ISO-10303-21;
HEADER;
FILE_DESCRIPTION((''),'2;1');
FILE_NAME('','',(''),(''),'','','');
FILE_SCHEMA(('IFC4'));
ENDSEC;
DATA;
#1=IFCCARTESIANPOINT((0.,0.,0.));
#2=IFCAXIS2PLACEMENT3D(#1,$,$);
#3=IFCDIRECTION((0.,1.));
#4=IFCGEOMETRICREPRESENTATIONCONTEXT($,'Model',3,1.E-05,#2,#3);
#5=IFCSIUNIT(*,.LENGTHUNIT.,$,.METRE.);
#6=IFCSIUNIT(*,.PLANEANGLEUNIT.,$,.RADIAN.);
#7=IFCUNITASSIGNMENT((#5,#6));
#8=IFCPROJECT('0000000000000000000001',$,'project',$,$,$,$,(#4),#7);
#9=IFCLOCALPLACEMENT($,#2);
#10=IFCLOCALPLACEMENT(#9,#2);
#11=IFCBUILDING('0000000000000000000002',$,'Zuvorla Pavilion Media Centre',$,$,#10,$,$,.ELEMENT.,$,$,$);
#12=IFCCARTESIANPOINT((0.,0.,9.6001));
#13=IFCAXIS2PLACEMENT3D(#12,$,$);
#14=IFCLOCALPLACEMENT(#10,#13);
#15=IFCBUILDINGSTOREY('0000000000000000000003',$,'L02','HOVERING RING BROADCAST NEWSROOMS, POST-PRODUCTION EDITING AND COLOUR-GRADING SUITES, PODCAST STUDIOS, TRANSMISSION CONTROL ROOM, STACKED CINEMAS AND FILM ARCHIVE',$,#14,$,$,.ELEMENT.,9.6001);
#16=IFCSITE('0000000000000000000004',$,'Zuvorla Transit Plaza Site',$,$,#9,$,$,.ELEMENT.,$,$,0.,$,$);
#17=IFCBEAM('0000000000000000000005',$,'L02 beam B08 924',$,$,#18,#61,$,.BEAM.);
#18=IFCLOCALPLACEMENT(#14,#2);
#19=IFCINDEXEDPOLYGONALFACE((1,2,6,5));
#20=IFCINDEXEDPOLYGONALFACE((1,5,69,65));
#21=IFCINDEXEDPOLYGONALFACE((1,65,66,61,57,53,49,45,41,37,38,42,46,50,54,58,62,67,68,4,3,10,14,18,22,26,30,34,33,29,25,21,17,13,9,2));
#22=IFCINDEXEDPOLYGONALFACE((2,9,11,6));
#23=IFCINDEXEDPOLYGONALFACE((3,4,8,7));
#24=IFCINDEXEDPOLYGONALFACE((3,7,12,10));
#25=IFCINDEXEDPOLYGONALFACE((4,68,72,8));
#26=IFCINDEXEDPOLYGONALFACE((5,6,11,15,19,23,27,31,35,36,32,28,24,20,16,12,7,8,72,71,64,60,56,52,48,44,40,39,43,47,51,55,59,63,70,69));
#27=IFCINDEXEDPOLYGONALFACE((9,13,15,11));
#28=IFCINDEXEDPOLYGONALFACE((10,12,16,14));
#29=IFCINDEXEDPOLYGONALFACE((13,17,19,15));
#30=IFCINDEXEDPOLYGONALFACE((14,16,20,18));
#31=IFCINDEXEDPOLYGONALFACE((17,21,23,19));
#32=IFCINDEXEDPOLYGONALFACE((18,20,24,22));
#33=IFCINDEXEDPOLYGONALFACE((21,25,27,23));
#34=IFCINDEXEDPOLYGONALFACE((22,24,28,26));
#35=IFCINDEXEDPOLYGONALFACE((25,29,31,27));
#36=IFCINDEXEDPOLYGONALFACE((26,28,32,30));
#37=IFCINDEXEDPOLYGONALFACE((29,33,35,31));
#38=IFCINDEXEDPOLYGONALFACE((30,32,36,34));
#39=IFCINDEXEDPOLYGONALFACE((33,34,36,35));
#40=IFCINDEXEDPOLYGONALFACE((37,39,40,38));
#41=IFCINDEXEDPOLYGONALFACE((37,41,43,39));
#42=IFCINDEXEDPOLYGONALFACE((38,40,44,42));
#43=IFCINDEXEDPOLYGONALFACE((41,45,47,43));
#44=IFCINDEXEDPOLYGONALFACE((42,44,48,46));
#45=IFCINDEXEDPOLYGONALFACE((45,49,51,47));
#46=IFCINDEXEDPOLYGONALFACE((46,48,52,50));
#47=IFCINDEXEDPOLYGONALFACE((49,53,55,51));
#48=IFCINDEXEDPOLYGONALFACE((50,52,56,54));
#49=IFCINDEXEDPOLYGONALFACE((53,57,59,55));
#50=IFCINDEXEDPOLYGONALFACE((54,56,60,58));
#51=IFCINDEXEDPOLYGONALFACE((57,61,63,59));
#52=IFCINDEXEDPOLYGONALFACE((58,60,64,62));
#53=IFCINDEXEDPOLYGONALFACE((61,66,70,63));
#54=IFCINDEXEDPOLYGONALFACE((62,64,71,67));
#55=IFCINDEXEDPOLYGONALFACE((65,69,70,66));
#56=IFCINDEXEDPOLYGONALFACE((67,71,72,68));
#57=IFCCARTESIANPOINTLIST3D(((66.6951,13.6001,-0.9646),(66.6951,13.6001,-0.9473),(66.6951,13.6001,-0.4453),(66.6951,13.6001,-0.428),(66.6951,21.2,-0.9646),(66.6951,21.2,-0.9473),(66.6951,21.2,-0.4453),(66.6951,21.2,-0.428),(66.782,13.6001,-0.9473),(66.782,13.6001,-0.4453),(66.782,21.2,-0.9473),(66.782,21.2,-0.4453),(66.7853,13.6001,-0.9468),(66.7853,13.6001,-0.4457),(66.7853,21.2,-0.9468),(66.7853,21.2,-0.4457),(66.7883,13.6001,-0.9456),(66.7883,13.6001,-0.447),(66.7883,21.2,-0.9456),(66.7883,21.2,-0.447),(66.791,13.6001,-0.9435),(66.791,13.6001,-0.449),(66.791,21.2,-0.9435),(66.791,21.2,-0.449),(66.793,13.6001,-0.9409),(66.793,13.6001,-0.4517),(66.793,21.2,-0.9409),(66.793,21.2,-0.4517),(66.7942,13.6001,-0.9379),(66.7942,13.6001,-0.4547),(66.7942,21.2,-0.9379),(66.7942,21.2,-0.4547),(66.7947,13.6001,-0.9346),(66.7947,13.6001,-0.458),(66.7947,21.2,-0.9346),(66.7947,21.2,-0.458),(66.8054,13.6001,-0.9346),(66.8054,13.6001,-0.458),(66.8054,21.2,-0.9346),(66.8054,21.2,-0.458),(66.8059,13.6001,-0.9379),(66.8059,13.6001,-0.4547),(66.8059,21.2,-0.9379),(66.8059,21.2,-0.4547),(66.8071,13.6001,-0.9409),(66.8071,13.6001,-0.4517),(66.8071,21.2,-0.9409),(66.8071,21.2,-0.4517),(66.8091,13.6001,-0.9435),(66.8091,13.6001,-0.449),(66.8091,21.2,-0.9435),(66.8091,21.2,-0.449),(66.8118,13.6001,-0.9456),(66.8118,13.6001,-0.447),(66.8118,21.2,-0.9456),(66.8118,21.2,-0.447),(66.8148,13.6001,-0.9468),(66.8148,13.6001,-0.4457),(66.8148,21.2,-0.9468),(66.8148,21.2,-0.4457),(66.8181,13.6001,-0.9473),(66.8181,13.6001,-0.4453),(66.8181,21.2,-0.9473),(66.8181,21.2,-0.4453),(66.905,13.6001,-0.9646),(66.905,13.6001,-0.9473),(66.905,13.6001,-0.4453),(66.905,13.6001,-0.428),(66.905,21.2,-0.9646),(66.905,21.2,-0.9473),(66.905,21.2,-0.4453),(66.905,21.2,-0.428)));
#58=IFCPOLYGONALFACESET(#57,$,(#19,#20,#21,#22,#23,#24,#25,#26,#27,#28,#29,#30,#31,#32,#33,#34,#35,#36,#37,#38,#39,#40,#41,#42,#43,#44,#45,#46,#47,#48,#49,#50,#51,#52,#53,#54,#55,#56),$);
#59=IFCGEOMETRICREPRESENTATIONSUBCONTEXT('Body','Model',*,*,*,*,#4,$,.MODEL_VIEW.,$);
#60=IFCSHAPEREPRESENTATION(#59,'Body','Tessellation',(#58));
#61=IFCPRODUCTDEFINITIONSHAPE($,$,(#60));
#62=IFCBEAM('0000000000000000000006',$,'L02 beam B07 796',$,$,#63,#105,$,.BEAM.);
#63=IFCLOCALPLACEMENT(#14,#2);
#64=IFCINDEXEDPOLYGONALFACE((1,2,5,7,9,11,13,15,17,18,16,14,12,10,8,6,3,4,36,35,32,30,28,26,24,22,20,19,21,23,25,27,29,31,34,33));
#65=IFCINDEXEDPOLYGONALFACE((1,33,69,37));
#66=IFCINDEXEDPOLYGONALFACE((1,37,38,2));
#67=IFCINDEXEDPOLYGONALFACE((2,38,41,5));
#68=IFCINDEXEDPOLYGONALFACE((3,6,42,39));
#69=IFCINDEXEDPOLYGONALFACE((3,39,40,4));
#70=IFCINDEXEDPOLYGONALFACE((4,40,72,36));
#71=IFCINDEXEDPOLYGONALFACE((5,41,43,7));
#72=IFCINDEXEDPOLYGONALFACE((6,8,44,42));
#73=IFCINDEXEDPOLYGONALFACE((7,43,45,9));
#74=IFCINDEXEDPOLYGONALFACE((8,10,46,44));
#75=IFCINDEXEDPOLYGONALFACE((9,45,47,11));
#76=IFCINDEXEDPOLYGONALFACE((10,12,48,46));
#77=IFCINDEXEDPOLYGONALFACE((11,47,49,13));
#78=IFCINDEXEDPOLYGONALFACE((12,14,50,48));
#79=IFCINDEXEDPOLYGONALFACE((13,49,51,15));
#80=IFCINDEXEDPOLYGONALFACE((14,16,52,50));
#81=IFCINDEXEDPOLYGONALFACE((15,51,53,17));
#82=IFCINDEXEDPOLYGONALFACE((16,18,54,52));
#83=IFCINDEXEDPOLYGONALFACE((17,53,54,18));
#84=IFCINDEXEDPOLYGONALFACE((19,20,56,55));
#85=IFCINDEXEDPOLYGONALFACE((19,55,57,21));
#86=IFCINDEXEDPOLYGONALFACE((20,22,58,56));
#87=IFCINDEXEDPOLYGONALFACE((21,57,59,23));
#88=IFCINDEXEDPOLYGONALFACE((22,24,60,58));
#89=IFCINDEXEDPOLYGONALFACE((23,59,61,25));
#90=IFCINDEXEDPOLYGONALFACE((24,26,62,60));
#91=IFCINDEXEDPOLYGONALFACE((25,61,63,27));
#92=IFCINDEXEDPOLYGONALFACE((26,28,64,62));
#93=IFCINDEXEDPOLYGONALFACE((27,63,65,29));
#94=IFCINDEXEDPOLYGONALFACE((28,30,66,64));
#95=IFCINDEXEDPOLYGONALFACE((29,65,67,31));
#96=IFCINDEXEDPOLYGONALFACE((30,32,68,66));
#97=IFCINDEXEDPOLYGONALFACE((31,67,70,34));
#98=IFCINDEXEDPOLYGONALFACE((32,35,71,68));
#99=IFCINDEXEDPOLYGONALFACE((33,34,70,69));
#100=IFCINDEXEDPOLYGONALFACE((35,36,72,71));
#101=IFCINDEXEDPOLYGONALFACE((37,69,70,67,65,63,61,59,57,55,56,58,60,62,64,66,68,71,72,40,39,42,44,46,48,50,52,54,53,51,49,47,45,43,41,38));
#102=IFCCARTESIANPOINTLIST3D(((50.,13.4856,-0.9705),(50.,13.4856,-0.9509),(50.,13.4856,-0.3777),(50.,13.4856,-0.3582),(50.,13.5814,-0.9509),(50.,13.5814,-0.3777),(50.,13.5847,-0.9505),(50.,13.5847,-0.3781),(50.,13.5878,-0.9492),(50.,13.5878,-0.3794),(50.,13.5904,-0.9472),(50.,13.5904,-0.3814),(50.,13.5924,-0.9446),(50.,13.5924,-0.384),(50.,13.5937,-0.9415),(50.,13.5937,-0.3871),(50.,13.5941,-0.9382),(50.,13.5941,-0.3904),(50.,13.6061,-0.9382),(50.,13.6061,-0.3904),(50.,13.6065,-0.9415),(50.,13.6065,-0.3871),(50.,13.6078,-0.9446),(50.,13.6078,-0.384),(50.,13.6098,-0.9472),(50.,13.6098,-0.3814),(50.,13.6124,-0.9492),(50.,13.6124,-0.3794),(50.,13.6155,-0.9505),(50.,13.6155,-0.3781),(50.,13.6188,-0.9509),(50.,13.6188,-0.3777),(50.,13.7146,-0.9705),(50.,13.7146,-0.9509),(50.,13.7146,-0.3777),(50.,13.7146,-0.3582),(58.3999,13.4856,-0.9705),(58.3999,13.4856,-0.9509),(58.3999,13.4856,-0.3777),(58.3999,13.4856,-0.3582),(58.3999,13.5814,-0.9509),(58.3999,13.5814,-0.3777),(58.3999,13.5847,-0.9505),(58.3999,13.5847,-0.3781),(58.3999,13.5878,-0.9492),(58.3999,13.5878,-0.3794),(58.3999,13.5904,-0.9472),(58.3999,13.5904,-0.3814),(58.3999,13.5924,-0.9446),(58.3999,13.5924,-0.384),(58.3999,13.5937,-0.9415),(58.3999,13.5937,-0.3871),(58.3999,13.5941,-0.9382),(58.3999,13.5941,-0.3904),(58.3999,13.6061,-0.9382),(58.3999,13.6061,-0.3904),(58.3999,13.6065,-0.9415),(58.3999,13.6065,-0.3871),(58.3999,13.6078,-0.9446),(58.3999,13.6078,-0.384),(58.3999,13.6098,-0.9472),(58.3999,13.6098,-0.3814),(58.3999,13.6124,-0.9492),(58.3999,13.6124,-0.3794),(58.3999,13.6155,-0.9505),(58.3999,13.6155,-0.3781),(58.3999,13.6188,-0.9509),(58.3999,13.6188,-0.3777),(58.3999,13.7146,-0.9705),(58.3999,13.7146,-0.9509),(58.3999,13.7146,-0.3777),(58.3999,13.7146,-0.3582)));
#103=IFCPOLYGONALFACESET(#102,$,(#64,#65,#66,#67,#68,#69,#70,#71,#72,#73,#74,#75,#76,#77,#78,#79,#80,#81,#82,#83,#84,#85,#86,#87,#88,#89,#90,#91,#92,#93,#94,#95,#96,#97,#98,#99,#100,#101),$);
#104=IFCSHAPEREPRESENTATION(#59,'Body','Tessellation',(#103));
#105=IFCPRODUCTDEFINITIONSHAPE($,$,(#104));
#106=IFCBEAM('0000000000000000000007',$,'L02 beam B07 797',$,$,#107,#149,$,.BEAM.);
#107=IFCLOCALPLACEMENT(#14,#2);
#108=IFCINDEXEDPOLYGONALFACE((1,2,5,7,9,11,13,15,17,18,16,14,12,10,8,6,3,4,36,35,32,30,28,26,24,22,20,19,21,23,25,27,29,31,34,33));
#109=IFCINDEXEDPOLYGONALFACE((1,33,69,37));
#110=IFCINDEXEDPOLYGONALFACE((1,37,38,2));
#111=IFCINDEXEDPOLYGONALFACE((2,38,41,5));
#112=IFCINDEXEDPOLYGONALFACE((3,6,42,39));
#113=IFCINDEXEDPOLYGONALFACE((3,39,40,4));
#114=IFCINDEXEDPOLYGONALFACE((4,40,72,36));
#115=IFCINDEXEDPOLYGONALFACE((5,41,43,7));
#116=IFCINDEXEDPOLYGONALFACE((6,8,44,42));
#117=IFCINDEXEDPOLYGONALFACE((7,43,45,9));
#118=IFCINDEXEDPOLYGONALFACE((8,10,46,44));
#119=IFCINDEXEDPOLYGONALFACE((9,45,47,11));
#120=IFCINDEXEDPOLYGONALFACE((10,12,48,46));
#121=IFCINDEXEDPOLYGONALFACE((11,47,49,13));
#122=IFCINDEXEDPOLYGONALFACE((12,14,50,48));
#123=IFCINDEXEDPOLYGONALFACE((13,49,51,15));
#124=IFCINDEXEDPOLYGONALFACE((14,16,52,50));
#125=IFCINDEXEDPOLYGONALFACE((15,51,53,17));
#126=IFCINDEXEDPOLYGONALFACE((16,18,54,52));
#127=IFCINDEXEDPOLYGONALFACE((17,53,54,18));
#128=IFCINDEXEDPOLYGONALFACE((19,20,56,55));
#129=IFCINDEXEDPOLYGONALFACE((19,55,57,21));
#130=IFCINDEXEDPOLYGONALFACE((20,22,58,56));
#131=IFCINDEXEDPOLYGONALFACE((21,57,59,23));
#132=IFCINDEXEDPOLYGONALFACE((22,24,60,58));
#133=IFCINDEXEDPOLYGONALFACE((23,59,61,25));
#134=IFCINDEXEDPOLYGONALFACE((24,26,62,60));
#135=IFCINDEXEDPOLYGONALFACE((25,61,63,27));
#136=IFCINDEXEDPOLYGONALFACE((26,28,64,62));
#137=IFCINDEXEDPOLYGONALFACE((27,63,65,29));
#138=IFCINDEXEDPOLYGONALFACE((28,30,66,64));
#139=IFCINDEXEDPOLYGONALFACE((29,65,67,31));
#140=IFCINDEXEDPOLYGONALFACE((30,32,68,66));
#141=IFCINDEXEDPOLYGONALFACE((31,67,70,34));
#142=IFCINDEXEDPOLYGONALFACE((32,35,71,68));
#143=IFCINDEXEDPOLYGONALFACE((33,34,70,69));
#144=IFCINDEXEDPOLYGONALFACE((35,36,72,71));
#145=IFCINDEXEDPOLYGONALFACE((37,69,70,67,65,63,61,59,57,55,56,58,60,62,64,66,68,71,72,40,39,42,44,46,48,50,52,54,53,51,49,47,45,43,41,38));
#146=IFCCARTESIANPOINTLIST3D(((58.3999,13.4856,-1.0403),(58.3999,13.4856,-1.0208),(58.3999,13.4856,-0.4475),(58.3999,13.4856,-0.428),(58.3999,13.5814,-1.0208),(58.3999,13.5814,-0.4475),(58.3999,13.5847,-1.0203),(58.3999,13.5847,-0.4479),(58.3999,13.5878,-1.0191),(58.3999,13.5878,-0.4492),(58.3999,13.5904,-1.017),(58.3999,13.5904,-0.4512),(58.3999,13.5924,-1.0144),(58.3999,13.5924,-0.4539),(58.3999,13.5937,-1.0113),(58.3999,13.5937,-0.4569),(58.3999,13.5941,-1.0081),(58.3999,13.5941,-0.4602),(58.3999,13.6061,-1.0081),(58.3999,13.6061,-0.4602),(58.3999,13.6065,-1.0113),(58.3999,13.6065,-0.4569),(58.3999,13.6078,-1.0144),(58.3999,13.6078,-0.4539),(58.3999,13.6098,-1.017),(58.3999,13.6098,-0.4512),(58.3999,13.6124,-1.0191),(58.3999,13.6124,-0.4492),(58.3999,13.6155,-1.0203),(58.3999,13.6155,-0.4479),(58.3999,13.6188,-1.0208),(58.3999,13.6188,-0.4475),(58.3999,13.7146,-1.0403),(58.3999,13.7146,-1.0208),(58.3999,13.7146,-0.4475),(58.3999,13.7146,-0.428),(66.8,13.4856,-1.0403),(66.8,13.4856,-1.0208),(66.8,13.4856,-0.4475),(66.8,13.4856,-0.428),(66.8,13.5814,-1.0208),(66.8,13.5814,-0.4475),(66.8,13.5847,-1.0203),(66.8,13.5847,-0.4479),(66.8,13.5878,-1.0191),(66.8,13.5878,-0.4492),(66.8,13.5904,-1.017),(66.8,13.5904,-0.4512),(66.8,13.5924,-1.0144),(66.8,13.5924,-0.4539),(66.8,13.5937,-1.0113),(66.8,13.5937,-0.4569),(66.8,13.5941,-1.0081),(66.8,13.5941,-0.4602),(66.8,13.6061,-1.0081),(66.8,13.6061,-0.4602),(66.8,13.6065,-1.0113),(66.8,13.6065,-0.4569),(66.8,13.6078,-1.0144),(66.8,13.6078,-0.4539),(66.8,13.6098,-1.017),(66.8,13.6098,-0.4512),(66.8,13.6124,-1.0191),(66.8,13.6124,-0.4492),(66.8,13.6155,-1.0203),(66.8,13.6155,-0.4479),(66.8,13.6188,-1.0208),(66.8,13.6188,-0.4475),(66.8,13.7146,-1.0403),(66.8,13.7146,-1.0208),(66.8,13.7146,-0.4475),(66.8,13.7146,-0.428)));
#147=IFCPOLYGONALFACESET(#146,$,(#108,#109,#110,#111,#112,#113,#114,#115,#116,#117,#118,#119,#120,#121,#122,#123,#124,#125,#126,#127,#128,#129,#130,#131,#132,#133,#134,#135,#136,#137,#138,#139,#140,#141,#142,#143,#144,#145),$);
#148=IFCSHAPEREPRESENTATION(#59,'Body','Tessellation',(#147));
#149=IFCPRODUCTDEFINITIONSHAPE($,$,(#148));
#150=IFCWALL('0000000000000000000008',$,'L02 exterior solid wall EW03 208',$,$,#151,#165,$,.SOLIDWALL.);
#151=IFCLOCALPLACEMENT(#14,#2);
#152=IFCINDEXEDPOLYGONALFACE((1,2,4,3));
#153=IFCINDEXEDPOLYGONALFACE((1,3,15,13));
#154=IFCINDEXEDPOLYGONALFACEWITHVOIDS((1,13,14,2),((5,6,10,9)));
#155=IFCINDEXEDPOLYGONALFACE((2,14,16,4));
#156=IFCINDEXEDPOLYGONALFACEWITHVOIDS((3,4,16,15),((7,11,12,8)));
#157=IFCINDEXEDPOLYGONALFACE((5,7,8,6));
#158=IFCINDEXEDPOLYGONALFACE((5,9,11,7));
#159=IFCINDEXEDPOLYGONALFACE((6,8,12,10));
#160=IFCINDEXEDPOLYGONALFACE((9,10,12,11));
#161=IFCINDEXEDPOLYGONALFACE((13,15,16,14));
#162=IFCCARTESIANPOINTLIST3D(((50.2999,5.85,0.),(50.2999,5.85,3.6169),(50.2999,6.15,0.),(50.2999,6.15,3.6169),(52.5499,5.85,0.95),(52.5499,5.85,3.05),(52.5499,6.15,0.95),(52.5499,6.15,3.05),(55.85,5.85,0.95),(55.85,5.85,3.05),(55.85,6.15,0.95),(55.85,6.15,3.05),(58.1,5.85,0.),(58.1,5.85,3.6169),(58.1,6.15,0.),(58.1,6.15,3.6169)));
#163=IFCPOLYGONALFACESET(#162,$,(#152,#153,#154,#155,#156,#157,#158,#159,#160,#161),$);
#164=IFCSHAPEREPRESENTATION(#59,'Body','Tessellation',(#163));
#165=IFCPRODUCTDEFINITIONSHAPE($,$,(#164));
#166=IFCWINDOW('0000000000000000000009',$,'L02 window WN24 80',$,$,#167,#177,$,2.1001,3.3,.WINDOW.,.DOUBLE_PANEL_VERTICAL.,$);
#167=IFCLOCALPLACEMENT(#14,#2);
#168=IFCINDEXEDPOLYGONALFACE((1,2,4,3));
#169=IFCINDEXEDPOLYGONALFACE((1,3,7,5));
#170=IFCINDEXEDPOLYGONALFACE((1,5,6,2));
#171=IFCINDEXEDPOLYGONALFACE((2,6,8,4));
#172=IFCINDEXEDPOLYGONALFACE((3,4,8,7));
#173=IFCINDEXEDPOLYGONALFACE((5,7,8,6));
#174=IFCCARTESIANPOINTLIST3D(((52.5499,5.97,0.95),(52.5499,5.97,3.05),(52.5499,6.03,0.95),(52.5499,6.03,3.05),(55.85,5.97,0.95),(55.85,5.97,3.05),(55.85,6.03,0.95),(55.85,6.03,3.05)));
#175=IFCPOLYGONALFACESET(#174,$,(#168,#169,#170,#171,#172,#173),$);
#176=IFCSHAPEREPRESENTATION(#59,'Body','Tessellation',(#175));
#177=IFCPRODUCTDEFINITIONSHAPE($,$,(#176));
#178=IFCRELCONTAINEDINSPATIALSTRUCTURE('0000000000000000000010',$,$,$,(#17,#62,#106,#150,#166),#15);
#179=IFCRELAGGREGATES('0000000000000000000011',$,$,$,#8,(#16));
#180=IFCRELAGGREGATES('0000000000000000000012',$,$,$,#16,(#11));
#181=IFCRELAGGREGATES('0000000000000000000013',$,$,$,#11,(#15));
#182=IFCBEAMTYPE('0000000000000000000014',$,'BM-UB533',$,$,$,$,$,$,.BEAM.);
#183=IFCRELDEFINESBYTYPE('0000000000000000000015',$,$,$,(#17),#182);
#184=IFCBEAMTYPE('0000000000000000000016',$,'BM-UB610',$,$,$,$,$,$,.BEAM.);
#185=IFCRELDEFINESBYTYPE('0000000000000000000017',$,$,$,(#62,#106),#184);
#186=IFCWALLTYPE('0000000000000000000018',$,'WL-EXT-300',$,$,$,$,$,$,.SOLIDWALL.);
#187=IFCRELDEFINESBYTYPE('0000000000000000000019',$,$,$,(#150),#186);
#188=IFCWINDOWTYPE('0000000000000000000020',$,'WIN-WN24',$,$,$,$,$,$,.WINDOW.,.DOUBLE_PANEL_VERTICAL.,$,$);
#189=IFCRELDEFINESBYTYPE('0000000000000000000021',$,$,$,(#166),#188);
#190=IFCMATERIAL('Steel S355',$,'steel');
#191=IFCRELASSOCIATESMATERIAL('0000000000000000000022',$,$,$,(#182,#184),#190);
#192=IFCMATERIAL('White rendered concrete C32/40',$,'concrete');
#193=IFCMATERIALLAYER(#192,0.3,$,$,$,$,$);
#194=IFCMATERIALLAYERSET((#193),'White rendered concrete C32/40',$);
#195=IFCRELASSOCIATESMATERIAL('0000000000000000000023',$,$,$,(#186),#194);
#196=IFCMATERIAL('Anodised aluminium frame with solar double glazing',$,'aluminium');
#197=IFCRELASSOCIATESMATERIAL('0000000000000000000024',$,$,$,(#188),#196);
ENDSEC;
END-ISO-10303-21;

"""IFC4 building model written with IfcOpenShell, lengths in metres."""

from ifc_helpers import new_model, si_unit, direction, frame, frame_2d, origin, origin_2d, place, context, subcontext, project, spatial, rectangle, i_section, extrude, material, layer, layer_set, material_profile, profile_set, type_object, element, fill, save


model = new_model("IFC4")

# Units and contexts
model_context = context("Model", 3, precision=1e-05, world=origin(), true_north=direction((0.0, 1.0)))
body_context = subcontext(model_context, "Body", "Model", "MODEL_VIEW")
ifc_project = project(units=[si_unit("LENGTHUNIT", "METRE"), si_unit("PLANEANGLEUNIT", "RADIAN")], contexts=[model_context])

# Site, building, storey
site_placement = place(None, origin())
site = spatial("IfcSite", under=ifc_project, at=site_placement, Name="Zuvorla Transit Plaza Site", CompositionType="ELEMENT", RefElevation=0.0)
building_placement = place(site_placement, origin())
building = spatial("IfcBuilding", under=site, at=building_placement, Name="Zuvorla Pavilion Media Centre", CompositionType="ELEMENT")
storey_placement = place(building_placement, frame((0.0, 0.0, 9.6001)))
storey = spatial("IfcBuildingStorey", under=building, at=storey_placement, Name="L02", Description="HOVERING RING BROADCAST NEWSROOMS, POST-PRODUCTION EDITING AND COLOUR-GRADING SUITES, PODCAST STUDIOS, TRANSMISSION CONTROL ROOM, STACKED CINEMAS AND FILM ARCHIVE", CompositionType="ELEMENT", Elevation=9.6001)

# Beams
ifc_material_1 = material(Name="Steel S355", Category="steel")
ifc_material_profile_1 = material_profile(ifc_material_1, i_section(OverallWidth=0.21, OverallDepth=0.5366, WebThickness=0.0107, FlangeThickness=0.0173, FilletRadius=0.0127, at=origin_2d()), Name="UB 533x210x101")
ifc_profile_set_1 = profile_set([ifc_material_profile_1], Name="Steel S355")
beam_type_1 = type_object("IfcBeamType", Name="BM-UB533", PredefinedType="BEAM", material=ifc_profile_set_1)
beam_1_placement = place(storey_placement, frame((66.8, 13.6001, -0.6963), z_axis=(0.0, 1.0, 0.0), x_axis=(-1.0, 0.0, 0.0)))
element("IfcBeam", 1, at=beam_1_placement, inside=storey, type_object=beam_type_1, Name="L02 beam B08 924", PredefinedType="BEAM", context=body_context, shape_type="SweptSolid", body=[
    extrude(i_section(OverallWidth=0.21, OverallDepth=0.5366, WebThickness=0.0107, FlangeThickness=0.0173, FilletRadius=0.0127, at=origin_2d()), origin(), (0.0, 0.0, 1.0), 7.5999),
])
ifc_material_profile_2 = material_profile(ifc_material_1, i_section(OverallWidth=0.229, OverallDepth=0.6123, WebThickness=0.012, FlangeThickness=0.0195, FilletRadius=0.0127, at=origin_2d()), Name="UB 610x229x125")
ifc_profile_set_2 = profile_set([ifc_material_profile_2], Name="Steel S355")
beam_type_2 = type_object("IfcBeamType", Name="BM-UB610", PredefinedType="BEAM", material=ifc_profile_set_2)
beam_2_placement = place(storey_placement, frame((50.0, 13.6001, -0.6643), z_axis=(1.0, 0.0, 0.0), x_axis=(0.0, 1.0, 0.0)))
element("IfcBeam", 2, at=beam_2_placement, inside=storey, type_object=beam_type_2, Name="L02 beam B07 796", PredefinedType="BEAM", context=body_context, shape_type="SweptSolid", body=[
    extrude(i_section(OverallWidth=0.229, OverallDepth=0.6123, WebThickness=0.012, FlangeThickness=0.0195, FilletRadius=0.0127, at=origin_2d()), origin(), (0.0, 0.0, 1.0), 8.3999),
])
beam_3_placement = place(storey_placement, frame((58.3999, 13.6001, -0.7341), z_axis=(1.0, 0.0, 0.0), x_axis=(0.0, 1.0, 0.0)))
element("IfcBeam", 3, at=beam_3_placement, inside=storey, type_object=beam_type_2, Name="L02 beam B07 797", PredefinedType="BEAM", context=body_context, shape_type="SweptSolid", body=[
    extrude(i_section(OverallWidth=0.229, OverallDepth=0.6123, WebThickness=0.012, FlangeThickness=0.0195, FilletRadius=0.0127, at=origin_2d()), origin(), (0.0, 0.0, 1.0), 8.4001),
])

# Wall, opening, window
ifc_material_2 = material(Name="White rendered concrete C32/40", Category="concrete")
ifc_layer = layer(ifc_material_2, 0.3)
ifc_layer_set = layer_set([ifc_layer], Name="White rendered concrete C32/40")
wall_type = type_object("IfcWallType", Name="WL-EXT-300", PredefinedType="SOLIDWALL", material=ifc_layer_set)
wall_1_placement = place(storey_placement, frame((50.3, 6.0, 0.0), z_axis=(0.0, 0.0, 1.0), x_axis=(1.0, 0.0, 0.0)))
wall_1 = element("IfcWall", 4, at=wall_1_placement, inside=storey, type_object=wall_type, Name="L02 exterior solid wall EW03 208", PredefinedType="SOLIDWALL", context=body_context, shape_type="SweptSolid", body=[
    extrude(rectangle(XDim=7.8, YDim=0.3, at=frame_2d((3.8999, 0.0))), origin(), (0.0, 0.0, 1.0), 3.6169),
])
opening_1_placement = place(wall_1_placement, frame((2.25, 0.0, 0.95)))
opening_1 = element("IfcOpeningElement", 5, at=opening_1_placement, cuts=wall_1, PredefinedType="OPENING", context=body_context, shape_type="SweptSolid", body=[
    extrude(rectangle(XDim=3.3, YDim=2.1001, at=frame_2d((1.6499, 1.05))), frame((0.0, 0.1599, 0.0), z_axis=(0.0, -1.0, 0.0), x_axis=(1.0, 0.0, 0.0)), (0.0, 0.0, 1.0), 0.3201),
])
ifc_material_3 = material(Name="Anodised aluminium frame with solar double glazing", Category="aluminium")
window_type_1 = type_object("IfcWindowType", Name="WIN-WN24", PartitioningType="DOUBLE_PANEL_VERTICAL", PredefinedType="WINDOW", material=ifc_material_3)
window_1_placement = place(opening_1_placement, origin())
window_1 = element("IfcWindow", 6, at=window_1_placement, inside=storey, type_object=window_type_1, Name="L02 window WN24 80", OverallHeight=2.1001, OverallWidth=3.3, PartitioningType="DOUBLE_PANEL_VERTICAL", PredefinedType="WINDOW", context=body_context, shape_type="SweptSolid", body=[
    extrude(rectangle(XDim=3.3, YDim=2.1001, at=frame_2d((1.6499, 1.05))), frame((0.0, 0.03, 0.0), z_axis=(0.0, -1.0, 0.0), x_axis=(1.0, 0.0, 0.0)), (0.0, 0.0, 1.0), 0.0601),
])
fill(opening_1, window_1)

save(model, "model.ifc")
